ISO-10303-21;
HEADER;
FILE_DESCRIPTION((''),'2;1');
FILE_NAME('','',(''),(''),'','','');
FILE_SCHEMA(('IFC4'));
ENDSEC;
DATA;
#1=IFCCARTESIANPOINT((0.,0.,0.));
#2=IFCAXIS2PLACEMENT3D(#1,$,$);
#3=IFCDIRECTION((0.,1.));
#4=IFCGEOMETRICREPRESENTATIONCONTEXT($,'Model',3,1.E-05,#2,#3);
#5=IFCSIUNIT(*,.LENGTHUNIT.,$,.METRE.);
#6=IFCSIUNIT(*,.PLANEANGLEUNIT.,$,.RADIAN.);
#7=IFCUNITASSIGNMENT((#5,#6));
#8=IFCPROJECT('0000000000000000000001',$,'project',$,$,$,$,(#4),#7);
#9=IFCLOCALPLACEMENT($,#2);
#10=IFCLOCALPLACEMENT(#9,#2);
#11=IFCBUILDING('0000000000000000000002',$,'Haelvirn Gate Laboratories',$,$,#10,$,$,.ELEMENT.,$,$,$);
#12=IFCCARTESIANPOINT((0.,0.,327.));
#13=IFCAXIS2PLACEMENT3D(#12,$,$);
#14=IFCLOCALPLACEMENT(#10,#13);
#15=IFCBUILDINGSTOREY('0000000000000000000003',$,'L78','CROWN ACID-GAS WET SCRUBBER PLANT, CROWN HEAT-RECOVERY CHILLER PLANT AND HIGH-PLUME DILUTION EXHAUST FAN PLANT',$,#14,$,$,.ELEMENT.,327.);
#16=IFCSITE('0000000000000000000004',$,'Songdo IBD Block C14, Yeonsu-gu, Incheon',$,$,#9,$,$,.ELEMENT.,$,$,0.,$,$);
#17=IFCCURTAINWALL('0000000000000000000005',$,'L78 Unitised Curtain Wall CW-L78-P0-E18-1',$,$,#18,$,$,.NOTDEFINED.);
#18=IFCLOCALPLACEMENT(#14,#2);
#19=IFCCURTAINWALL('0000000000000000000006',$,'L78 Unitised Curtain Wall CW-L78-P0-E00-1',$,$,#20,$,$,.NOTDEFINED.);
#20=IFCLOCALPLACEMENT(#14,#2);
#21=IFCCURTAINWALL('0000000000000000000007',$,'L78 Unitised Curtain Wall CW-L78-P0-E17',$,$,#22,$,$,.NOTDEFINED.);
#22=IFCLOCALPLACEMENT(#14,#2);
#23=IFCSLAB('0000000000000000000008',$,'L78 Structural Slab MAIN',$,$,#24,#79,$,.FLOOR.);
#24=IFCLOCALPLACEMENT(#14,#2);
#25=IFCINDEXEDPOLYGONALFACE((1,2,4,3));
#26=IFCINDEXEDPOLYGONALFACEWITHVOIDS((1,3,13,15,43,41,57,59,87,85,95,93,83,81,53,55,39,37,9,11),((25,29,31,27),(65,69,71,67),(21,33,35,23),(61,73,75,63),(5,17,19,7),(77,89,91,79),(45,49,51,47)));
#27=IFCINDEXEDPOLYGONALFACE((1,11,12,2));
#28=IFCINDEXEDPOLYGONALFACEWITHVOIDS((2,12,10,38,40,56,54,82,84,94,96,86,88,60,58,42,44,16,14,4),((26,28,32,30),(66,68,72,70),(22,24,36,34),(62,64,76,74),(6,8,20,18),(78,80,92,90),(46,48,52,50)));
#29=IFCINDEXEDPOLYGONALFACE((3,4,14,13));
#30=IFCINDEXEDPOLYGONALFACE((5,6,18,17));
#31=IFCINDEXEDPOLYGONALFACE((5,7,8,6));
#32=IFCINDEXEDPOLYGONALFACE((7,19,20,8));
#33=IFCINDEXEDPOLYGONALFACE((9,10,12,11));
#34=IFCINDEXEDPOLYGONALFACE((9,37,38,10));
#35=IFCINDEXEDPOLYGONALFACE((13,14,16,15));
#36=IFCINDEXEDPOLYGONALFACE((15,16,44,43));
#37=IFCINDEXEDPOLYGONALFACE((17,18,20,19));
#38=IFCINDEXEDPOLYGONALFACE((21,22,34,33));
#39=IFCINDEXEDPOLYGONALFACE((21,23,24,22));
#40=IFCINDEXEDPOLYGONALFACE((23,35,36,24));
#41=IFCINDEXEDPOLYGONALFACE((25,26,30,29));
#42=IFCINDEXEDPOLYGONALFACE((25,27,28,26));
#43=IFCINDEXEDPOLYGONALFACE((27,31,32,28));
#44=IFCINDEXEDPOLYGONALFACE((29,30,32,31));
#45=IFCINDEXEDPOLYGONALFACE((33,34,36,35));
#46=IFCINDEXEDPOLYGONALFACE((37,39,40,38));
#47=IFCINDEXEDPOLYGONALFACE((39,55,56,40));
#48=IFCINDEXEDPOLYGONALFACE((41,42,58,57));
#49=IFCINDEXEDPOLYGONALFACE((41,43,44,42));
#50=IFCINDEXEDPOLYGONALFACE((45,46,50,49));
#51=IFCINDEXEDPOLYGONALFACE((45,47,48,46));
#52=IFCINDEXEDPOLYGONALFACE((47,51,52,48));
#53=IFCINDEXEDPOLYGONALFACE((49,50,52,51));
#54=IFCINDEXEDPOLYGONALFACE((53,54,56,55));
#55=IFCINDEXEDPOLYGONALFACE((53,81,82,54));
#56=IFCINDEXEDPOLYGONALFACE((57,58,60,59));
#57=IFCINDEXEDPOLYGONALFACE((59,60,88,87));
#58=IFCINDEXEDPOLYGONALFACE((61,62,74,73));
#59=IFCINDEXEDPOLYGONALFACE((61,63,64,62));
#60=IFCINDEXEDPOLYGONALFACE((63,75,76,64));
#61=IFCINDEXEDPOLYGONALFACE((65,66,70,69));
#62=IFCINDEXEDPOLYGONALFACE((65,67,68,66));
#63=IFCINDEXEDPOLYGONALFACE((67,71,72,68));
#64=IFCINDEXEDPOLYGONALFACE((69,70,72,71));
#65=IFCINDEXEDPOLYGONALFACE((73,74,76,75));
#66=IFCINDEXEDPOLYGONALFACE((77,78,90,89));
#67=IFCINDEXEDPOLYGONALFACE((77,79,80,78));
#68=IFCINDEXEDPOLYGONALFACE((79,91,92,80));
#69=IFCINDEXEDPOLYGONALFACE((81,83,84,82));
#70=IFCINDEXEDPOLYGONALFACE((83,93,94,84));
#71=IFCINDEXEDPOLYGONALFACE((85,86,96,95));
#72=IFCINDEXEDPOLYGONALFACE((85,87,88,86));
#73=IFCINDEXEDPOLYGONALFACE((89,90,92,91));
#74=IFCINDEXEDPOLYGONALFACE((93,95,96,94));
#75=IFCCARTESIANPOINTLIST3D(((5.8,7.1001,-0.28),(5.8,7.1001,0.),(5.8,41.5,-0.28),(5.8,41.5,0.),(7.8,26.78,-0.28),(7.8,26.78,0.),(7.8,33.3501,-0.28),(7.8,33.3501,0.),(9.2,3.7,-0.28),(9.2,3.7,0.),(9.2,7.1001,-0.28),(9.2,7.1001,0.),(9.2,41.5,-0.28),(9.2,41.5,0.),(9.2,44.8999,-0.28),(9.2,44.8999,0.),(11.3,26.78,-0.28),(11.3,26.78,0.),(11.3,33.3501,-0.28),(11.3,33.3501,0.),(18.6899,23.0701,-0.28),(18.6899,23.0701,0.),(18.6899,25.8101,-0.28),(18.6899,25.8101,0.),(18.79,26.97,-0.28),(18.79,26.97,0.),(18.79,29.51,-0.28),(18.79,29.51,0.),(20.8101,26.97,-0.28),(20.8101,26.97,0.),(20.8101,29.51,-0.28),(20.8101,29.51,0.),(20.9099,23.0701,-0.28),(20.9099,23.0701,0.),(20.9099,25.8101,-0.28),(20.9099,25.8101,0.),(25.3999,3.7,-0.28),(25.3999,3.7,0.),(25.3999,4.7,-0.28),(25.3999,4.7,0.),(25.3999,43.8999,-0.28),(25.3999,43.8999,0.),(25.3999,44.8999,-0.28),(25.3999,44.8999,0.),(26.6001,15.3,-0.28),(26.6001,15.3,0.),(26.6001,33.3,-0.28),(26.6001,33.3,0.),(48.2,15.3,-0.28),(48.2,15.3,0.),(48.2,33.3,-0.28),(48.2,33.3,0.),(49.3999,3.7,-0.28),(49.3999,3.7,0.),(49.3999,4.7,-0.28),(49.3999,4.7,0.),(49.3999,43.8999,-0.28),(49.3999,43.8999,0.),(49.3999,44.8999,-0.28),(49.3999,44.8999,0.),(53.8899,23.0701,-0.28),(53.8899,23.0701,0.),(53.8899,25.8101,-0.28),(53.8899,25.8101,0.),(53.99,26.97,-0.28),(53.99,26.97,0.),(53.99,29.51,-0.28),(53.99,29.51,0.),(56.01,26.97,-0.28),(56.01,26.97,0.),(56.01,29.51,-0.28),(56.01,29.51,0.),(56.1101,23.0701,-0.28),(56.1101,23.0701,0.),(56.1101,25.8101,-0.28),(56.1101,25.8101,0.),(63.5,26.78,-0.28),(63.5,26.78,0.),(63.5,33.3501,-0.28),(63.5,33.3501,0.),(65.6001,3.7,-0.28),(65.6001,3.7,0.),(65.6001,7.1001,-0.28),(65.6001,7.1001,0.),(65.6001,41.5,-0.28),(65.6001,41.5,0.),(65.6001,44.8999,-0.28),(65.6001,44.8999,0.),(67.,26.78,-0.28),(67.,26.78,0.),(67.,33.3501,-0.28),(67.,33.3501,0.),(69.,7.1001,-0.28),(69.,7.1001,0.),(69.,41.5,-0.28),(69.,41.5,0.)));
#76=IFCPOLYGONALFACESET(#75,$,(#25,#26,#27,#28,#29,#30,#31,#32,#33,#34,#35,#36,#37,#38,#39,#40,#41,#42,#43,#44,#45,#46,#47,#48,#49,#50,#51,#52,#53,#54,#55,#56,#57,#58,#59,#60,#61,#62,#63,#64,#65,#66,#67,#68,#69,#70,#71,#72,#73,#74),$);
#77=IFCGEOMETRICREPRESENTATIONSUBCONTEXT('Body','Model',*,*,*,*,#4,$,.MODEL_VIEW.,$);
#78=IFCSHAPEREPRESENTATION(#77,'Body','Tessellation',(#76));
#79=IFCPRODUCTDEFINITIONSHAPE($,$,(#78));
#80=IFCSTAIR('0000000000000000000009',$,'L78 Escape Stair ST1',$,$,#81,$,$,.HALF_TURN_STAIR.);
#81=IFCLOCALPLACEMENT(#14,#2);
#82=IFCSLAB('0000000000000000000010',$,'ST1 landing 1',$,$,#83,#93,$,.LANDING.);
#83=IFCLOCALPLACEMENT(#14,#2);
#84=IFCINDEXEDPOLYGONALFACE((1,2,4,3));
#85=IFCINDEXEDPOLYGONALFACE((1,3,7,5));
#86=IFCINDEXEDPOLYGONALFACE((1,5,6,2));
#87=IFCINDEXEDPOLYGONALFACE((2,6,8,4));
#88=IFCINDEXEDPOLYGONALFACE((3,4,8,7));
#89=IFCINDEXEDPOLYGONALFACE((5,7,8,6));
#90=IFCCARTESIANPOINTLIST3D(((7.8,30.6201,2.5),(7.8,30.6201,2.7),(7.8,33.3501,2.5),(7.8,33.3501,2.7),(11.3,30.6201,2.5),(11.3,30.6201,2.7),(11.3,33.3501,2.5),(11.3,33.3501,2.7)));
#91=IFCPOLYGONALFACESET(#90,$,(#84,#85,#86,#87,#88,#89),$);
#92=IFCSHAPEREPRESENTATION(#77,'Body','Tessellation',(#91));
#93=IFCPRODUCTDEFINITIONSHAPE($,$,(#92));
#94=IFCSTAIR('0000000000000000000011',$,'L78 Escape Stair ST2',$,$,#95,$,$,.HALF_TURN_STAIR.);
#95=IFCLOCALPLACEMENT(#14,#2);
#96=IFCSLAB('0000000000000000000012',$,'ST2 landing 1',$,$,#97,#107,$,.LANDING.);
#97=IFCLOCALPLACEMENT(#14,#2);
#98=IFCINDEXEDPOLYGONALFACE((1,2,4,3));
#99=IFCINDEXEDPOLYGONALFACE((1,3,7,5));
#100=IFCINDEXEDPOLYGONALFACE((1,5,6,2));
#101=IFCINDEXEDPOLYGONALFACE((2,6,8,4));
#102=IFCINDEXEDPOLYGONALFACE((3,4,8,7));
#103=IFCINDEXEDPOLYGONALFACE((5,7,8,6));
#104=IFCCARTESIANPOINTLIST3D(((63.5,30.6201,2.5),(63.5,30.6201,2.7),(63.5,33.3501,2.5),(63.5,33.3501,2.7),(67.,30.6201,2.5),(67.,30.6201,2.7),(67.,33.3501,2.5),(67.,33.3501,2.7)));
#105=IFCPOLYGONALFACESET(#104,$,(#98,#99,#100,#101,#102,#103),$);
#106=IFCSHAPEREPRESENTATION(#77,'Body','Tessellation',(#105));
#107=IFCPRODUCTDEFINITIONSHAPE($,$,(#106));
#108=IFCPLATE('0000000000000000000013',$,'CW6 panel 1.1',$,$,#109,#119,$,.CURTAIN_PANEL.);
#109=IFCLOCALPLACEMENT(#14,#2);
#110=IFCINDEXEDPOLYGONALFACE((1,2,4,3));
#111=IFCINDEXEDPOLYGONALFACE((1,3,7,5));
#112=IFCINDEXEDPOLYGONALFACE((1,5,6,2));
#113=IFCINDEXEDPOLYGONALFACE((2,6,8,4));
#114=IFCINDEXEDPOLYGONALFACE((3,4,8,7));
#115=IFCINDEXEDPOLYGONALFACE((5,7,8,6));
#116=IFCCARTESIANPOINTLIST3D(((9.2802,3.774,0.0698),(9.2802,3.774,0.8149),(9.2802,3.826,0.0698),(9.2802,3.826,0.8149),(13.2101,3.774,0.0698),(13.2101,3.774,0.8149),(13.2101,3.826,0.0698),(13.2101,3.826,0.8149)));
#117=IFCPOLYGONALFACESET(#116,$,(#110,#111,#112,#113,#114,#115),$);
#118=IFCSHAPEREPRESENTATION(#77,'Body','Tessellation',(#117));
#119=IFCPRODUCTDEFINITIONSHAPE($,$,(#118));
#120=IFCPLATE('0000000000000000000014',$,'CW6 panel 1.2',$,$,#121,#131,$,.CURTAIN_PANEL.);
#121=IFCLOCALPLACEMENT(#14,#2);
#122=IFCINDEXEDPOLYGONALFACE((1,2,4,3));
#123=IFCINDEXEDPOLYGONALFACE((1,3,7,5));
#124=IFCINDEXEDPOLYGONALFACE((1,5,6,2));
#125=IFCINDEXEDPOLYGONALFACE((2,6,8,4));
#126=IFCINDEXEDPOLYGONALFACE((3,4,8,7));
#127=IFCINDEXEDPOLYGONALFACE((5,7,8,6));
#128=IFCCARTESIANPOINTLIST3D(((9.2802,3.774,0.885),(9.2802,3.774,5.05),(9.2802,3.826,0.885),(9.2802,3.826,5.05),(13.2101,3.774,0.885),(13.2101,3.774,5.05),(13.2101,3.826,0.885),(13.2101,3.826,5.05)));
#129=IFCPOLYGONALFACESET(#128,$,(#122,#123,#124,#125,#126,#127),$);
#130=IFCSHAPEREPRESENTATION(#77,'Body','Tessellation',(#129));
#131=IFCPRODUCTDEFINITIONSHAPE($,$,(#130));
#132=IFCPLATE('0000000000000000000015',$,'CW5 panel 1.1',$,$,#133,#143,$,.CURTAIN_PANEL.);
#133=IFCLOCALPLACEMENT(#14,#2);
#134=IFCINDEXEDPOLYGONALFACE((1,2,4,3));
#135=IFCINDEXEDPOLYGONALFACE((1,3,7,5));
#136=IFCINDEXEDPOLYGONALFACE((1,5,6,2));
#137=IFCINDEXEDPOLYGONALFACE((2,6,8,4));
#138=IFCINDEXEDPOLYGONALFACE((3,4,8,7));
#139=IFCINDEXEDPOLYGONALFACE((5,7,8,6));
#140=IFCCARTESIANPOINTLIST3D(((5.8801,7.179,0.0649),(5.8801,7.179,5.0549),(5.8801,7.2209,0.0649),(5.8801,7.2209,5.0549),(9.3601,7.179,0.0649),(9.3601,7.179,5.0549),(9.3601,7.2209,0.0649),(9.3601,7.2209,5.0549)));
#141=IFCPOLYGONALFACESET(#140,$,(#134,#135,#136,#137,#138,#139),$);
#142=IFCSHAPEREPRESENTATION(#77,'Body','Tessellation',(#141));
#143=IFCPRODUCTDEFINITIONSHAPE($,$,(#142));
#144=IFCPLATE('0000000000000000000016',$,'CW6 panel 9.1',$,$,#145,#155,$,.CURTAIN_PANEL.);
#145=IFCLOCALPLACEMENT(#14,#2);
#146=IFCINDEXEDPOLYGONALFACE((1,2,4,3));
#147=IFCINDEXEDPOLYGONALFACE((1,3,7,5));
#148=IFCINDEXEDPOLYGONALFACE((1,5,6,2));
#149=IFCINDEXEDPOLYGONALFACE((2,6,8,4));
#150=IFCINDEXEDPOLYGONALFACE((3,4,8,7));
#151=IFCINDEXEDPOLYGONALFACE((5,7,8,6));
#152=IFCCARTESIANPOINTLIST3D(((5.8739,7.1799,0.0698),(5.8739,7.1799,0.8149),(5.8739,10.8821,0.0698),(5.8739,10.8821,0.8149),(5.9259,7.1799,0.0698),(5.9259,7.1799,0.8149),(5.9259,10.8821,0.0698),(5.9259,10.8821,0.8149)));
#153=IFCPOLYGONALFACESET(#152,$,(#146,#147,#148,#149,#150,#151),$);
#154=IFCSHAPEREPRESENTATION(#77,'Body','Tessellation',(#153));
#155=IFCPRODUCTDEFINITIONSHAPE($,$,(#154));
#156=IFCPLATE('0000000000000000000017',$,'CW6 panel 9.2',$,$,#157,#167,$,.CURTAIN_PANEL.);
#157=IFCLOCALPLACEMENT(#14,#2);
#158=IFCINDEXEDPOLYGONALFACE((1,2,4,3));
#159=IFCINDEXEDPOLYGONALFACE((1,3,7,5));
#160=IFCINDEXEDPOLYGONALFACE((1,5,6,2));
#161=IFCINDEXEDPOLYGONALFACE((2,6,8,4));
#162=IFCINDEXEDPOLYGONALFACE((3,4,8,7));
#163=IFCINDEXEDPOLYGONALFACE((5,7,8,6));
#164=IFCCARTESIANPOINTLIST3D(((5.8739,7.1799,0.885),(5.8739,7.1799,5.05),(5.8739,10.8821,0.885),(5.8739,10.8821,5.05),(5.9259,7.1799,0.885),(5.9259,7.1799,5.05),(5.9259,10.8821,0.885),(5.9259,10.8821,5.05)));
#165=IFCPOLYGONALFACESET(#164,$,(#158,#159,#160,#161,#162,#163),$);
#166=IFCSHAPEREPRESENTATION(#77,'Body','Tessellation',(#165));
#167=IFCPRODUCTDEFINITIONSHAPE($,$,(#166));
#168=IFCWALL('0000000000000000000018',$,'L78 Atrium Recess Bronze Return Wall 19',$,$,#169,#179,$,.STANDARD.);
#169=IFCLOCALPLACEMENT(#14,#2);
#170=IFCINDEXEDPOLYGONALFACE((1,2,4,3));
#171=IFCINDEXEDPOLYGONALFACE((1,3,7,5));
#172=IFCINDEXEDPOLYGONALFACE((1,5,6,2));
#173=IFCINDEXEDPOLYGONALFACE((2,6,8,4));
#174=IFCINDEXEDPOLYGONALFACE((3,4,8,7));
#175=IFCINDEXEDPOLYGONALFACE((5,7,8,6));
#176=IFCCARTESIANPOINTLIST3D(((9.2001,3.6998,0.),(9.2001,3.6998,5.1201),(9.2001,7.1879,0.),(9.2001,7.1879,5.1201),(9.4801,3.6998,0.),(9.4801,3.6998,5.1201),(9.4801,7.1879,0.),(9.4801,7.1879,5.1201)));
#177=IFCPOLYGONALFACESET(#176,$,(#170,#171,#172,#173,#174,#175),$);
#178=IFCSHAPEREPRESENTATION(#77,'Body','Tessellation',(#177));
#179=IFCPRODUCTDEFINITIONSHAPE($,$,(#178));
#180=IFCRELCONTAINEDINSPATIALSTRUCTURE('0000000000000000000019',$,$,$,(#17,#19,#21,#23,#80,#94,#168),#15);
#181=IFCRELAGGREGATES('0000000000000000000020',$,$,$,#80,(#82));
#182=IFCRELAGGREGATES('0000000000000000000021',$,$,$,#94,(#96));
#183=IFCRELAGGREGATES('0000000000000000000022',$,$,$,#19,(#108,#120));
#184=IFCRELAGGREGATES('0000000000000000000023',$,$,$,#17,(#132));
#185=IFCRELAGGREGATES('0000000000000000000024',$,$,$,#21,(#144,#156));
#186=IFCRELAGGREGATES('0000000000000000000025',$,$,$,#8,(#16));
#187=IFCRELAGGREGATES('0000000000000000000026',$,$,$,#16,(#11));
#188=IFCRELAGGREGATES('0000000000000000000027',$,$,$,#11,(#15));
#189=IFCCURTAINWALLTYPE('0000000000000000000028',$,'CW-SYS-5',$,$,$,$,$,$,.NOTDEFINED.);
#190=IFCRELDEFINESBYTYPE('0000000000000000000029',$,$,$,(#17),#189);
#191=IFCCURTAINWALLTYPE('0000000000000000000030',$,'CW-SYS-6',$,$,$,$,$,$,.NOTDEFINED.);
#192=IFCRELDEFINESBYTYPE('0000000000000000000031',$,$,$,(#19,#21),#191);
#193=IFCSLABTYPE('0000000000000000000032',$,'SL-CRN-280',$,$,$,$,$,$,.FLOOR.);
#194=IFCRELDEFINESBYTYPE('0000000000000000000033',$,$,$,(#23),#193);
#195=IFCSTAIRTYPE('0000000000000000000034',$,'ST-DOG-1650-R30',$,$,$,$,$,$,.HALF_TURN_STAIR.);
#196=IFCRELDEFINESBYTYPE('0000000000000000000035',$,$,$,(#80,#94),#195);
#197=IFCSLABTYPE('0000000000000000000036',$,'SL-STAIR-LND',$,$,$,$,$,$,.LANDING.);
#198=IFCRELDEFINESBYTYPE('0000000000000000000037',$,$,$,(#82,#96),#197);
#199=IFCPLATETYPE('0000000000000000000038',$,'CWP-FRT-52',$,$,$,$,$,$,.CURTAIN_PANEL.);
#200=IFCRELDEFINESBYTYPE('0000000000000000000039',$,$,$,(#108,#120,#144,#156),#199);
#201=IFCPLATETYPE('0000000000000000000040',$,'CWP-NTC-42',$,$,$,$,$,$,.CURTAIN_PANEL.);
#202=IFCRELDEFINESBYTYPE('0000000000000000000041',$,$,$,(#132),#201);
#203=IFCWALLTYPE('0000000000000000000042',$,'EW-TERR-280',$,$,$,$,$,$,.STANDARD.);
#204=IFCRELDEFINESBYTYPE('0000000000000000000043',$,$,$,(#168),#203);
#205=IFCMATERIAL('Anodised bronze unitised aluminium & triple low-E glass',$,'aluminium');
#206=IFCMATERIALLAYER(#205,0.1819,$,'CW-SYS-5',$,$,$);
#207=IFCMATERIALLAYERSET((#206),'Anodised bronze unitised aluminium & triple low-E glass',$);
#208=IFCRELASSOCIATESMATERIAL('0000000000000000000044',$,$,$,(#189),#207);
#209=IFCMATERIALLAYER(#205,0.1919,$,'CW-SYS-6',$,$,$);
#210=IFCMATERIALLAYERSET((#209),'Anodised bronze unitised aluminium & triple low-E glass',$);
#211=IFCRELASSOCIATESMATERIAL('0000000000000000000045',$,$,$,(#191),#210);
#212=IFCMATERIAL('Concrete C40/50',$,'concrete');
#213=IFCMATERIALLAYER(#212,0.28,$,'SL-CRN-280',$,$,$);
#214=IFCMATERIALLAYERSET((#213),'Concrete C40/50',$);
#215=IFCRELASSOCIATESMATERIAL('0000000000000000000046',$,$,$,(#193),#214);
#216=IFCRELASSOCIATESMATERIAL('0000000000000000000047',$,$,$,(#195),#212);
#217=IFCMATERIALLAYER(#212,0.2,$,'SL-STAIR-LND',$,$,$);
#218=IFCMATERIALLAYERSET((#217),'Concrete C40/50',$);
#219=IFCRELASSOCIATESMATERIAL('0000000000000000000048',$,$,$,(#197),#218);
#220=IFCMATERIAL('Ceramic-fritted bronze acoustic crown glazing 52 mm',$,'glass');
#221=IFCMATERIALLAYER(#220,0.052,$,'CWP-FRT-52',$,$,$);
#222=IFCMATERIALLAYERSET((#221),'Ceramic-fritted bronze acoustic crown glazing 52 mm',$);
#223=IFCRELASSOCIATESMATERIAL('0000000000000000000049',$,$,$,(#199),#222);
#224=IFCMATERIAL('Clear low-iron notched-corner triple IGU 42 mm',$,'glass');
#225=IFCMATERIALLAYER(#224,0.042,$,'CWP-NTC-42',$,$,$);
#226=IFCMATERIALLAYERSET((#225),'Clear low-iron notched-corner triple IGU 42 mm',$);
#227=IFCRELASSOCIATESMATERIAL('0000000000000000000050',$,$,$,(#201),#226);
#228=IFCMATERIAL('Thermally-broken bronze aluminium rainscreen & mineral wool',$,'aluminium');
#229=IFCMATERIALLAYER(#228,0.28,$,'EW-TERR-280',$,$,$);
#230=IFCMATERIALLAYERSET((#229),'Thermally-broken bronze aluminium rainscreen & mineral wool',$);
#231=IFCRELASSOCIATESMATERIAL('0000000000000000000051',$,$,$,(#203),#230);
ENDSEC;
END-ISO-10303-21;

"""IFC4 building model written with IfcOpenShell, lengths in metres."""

from ifc_helpers import new_model, si_unit, direction, frame, frame_2d, origin, origin_2d, place, context, subcontext, project, spatial, polyline, rectangle, outline, extrude, source, transform, mapped, material, layer, layer_set, type_object, type_shapes, element, aggregate, save


model = new_model("IFC4")

# Units and contexts
model_context = context("Model", 3, precision=1e-05, world=origin(), true_north=direction((0.0, 1.0)))
body_context = subcontext(model_context, "Body", "Model", "MODEL_VIEW")
ifc_project = project(units=[si_unit("LENGTHUNIT", "METRE"), si_unit("PLANEANGLEUNIT", "RADIAN")], contexts=[model_context])

# Site, building, storey
site_placement = place(None, origin())
site = spatial("IfcSite", under=ifc_project, at=site_placement, Name="Songdo IBD Block C14, Yeonsu-gu, Incheon", CompositionType="ELEMENT", RefElevation=0.0)
building_placement = place(site_placement, origin())
building = spatial("IfcBuilding", under=site, at=building_placement, Name="Haelvirn Gate Laboratories", CompositionType="ELEMENT")
storey_placement = place(building_placement, frame((0.0, 0.0, 327.0)))
storey = spatial("IfcBuildingStorey", under=building, at=storey_placement, Name="L78", Description="CROWN ACID-GAS WET SCRUBBER PLANT, CROWN HEAT-RECOVERY CHILLER PLANT AND HIGH-PLUME DILUTION EXHAUST FAN PLANT", CompositionType="ELEMENT", Elevation=327.0)

# Curtain walls
ifc_material_1 = material(Name="Anodised bronze unitised aluminium & triple low-E glass", Category="aluminium")
ifc_layer_1 = layer(ifc_material_1, 0.1819, Name="CW-SYS-5")
ifc_layer_set_1 = layer_set([ifc_layer_1], Name="Anodised bronze unitised aluminium & triple low-E glass")
curtain_wall_type_1 = type_object("IfcCurtainWallType", Name="CW-SYS-5", PredefinedType="NOTDEFINED", material=ifc_layer_set_1)
curtain_wall_1_placement = place(storey_placement, origin())
curtain_wall_1 = element("IfcCurtainWall", 1, at=curtain_wall_1_placement, inside=storey, type_object=curtain_wall_type_1, Name="L78 Unitised Curtain Wall CW-L78-P0-E18-1", PredefinedType="NOTDEFINED")
ifc_layer_2 = layer(ifc_material_1, 0.1919, Name="CW-SYS-6")
ifc_layer_set_2 = layer_set([ifc_layer_2], Name="Anodised bronze unitised aluminium & triple low-E glass")
curtain_wall_type_2 = type_object("IfcCurtainWallType", Name="CW-SYS-6", PredefinedType="NOTDEFINED", material=ifc_layer_set_2)
curtain_wall_2_placement = place(storey_placement, origin())
curtain_wall_2 = element("IfcCurtainWall", 2, at=curtain_wall_2_placement, inside=storey, type_object=curtain_wall_type_2, Name="L78 Unitised Curtain Wall CW-L78-P0-E00-1", PredefinedType="NOTDEFINED")

# Curtain wall
curtain_wall_3_placement = place(storey_placement, origin())
curtain_wall_3 = element("IfcCurtainWall", 3, at=curtain_wall_3_placement, inside=storey, type_object=curtain_wall_type_2, Name="L78 Unitised Curtain Wall CW-L78-P0-E17", PredefinedType="NOTDEFINED")

# Slab
ifc_material_2 = material(Name="Concrete C40/50", Category="concrete")
ifc_layer_3 = layer(ifc_material_2, 0.28, Name="SL-CRN-280")
ifc_layer_set_3 = layer_set([ifc_layer_3], Name="Concrete C40/50")
slab_type_1 = type_object("IfcSlabType", Name="SL-CRN-280", PredefinedType="FLOOR", material=ifc_layer_set_3)
slab_1_placement = place(storey_placement, frame((0.0, 0.0, -0.28)))
element("IfcSlab", 4, at=slab_1_placement, inside=storey, type_object=slab_type_1, Name="L78 Structural Slab MAIN", PredefinedType="FLOOR", context=body_context, shape_type="SweptSolid", body=[
    extrude(outline(polyline([(9.2, 3.7), (25.3999, 3.7), (25.3999, 4.7), (49.3999, 4.7), (49.3999, 3.7), (65.6001, 3.7), (65.6001, 7.1001), (69.0, 7.1001), (69.0, 41.5), (65.6001, 41.5), (65.6001, 44.8999), (49.3999, 44.8999), (49.3999, 43.8999), (25.3999, 43.8999), (25.3999, 44.8999), (9.2, 44.8999), (9.2, 41.5), (5.8, 41.5), (5.8, 7.1001), (9.2, 7.1001), (9.2, 3.7)]), holes=[polyline([(26.6001, 15.3), (48.2, 15.3), (48.2, 33.3), (26.6001, 33.3), (26.6001, 15.3)]), polyline([(11.3, 26.78), (11.3, 33.3501), (7.8, 33.3501), (7.8, 26.78), (11.3, 26.78)]), polyline([(67.0, 26.78), (67.0, 33.3501), (63.5, 33.3501), (63.5, 26.78), (67.0, 26.78)]), polyline([(18.79, 26.97), (20.8101, 26.97), (20.8101, 29.51), (18.79, 29.51), (18.79, 26.97)]), polyline([(18.6899, 23.0701), (20.9099, 23.0701), (20.9099, 25.8101), (18.6899, 25.8101), (18.6899, 23.0701)]), polyline([(53.99, 26.97), (56.01, 26.97), (56.01, 29.51), (53.99, 29.51), (53.99, 26.97)]), polyline([(53.8899, 23.0701), (56.1101, 23.0701), (56.1101, 25.8101), (53.8899, 25.8101), (53.8899, 23.0701)])]), origin(), (0.0, 0.0, 1.0), 0.28),
])

# Stairs, slabs
stair_type = type_object("IfcStairType", Name="ST-DOG-1650-R30", PredefinedType="HALF_TURN_STAIR", material=ifc_material_2)
stair_1_placement = place(storey_placement, origin())
stair_1 = element("IfcStair", 5, at=stair_1_placement, inside=storey, type_object=stair_type, Name="L78 Escape Stair ST1", PredefinedType="HALF_TURN_STAIR")
ifc_layer_4 = layer(ifc_material_2, 0.2, Name="SL-STAIR-LND")
ifc_layer_set_4 = layer_set([ifc_layer_4], Name="Concrete C40/50")
slab_type_2 = type_object("IfcSlabType", Name="SL-STAIR-LND", PredefinedType="LANDING", material=ifc_layer_set_4)
slab_2_placement = place(storey_placement, frame((0.0, 0.0, 2.5)))
slab_2 = element("IfcSlab", 6, at=slab_2_placement, type_object=slab_type_2, Name="ST1 landing 1", PredefinedType="LANDING", context=body_context, shape_type="SweptSolid", body=[
    extrude(outline(polyline([(11.3, 30.6201), (11.3, 33.3501), (7.8, 33.3501), (7.8, 30.6201), (11.3, 30.6201)])), origin(), (0.0, 0.0, 1.0), 0.2),
])
aggregate(stair_1, [slab_2])
stair_2_placement = place(storey_placement, origin())
stair_2 = element("IfcStair", 7, at=stair_2_placement, inside=storey, type_object=stair_type, Name="L78 Escape Stair ST2", PredefinedType="HALF_TURN_STAIR")
slab_3_placement = place(storey_placement, frame((0.0, 0.0, 2.5)))
slab_3 = element("IfcSlab", 8, at=slab_3_placement, type_object=slab_type_2, Name="ST2 landing 1", PredefinedType="LANDING", context=body_context, shape_type="SweptSolid", body=[
    extrude(outline(polyline([(67.0, 30.6201), (67.0, 33.3501), (63.5, 33.3501), (63.5, 30.6201), (67.0, 30.6201)])), origin(), (0.0, 0.0, 1.0), 0.2),
])
aggregate(stair_2, [slab_3])

# Plates
ifc_material_3 = material(Name="Ceramic-fritted bronze acoustic crown glazing 52 mm", Category="glass")
ifc_layer_5 = layer(ifc_material_3, 0.052, Name="CWP-FRT-52")
ifc_layer_set_5 = layer_set([ifc_layer_5], Name="Ceramic-fritted bronze acoustic crown glazing 52 mm")
plate_type_1 = type_object("IfcPlateType", Name="CWP-FRT-52", PredefinedType="CURTAIN_PANEL", material=ifc_layer_set_5)
shared_shape_1 = source(origin(), body_context, "Body", "SweptSolid", [
    extrude(rectangle(XDim=3.9299, YDim=0.052, at=origin_2d()), origin(), (0.0, 0.0, 1.0), 0.7451),
])
plate_1_placement = place(storey_placement, frame((11.2451, 3.8, 0.0698), z_axis=(0.0, 0.0, 1.0), x_axis=(1.0, 0.0, 0.0)))
plate_1 = element("IfcPlate", 9, at=plate_1_placement, type_object=plate_type_1, Name="CW6 panel 1.1", PredefinedType="CURTAIN_PANEL", context=body_context, shape_type="MappedRepresentation", body=[
    mapped(shared_shape_1, transform((0.0, 0.0, 0.0), scale=1.0)),
])
shared_shape_2 = source(origin(), body_context, "Body", "SweptSolid", [
    extrude(rectangle(XDim=3.9299, YDim=0.052, at=origin_2d()), origin(), (0.0, 0.0, 1.0), 4.165),
])
plate_2_placement = place(storey_placement, frame((11.2451, 3.8, 0.885), z_axis=(0.0, 0.0, 1.0), x_axis=(1.0, 0.0, 0.0)))
plate_2 = element("IfcPlate", 10, at=plate_2_placement, type_object=plate_type_1, Name="CW6 panel 1.2", PredefinedType="CURTAIN_PANEL", context=body_context, shape_type="MappedRepresentation", body=[
    mapped(shared_shape_2, transform((0.0, 0.0, 0.0), scale=1.0)),
])
aggregate(curtain_wall_2, [plate_1, plate_2])
ifc_material_4 = material(Name="Clear low-iron notched-corner triple IGU 42 mm", Category="glass")
ifc_layer_6 = layer(ifc_material_4, 0.042, Name="CWP-NTC-42")
ifc_layer_set_6 = layer_set([ifc_layer_6], Name="Clear low-iron notched-corner triple IGU 42 mm")
plate_type_2 = type_object("IfcPlateType", Name="CWP-NTC-42", PredefinedType="CURTAIN_PANEL", material=ifc_layer_set_6)
shared_shape_3 = source(origin(), body_context, "Body", "SweptSolid", [
    extrude(rectangle(XDim=3.48, YDim=0.042, at=origin_2d()), origin(), (0.0, 0.0, 1.0), 4.99),
])
type_shapes(plate_type_2, [shared_shape_3])
plate_3_placement = place(storey_placement, frame((7.6201, 7.2, 0.0649), z_axis=(0.0, 0.0, 1.0), x_axis=(1.0, 0.0, 0.0)))
plate_3 = element("IfcPlate", 11, at=plate_3_placement, type_object=plate_type_2, Name="CW5 panel 1.1", PredefinedType="CURTAIN_PANEL", context=body_context, shape_type="MappedRepresentation", body=[
    mapped(shared_shape_3, transform((0.0, 0.0, 0.0), scale=1.0)),
])
aggregate(curtain_wall_1, [plate_3])
shared_shape_4 = source(origin(), body_context, "Body", "SweptSolid", [
    extrude(rectangle(XDim=3.7021, YDim=0.052, at=origin_2d()), origin(), (0.0, 0.0, 1.0), 0.7451),
])
plate_4_placement = place(storey_placement, frame((5.8999, 9.031, 0.0698), z_axis=(0.0, 0.0, 1.0), x_axis=(0.0, -1.0, 0.0)))
plate_4 = element("IfcPlate", 12, at=plate_4_placement, type_object=plate_type_1, Name="CW6 panel 9.1", PredefinedType="CURTAIN_PANEL", context=body_context, shape_type="MappedRepresentation", body=[
    mapped(shared_shape_4, transform((0.0, 0.0, 0.0), scale=1.0)),
])
shared_shape_5 = source(origin(), body_context, "Body", "SweptSolid", [
    extrude(rectangle(XDim=3.7021, YDim=0.052, at=origin_2d()), origin(), (0.0, 0.0, 1.0), 4.165),
])
type_shapes(plate_type_1, [shared_shape_1, shared_shape_2, shared_shape_4, shared_shape_5])
plate_5_placement = place(storey_placement, frame((5.8999, 9.031, 0.885), z_axis=(0.0, 0.0, 1.0), x_axis=(0.0, -1.0, 0.0)))
plate_5 = element("IfcPlate", 13, at=plate_5_placement, type_object=plate_type_1, Name="CW6 panel 9.2", PredefinedType="CURTAIN_PANEL", context=body_context, shape_type="MappedRepresentation", body=[
    mapped(shared_shape_5, transform((0.0, 0.0, 0.0), scale=1.0)),
])
aggregate(curtain_wall_3, [plate_4, plate_5])

# Wall
ifc_material_5 = material(Name="Thermally-broken bronze aluminium rainscreen & mineral wool", Category="aluminium")
ifc_layer_7 = layer(ifc_material_5, 0.28, Name="EW-TERR-280")
ifc_layer_set_7 = layer_set([ifc_layer_7], Name="Thermally-broken bronze aluminium rainscreen & mineral wool")
wall_type = type_object("IfcWallType", Name="EW-TERR-280", PredefinedType="STANDARD", material=ifc_layer_set_7)
wall_placement = place(storey_placement, frame((9.3401, 7.188, 0.0), z_axis=(0.0, 0.0, 1.0), x_axis=(0.0, -1.0, 0.0)))
element("IfcWall", 14, at=wall_placement, inside=storey, type_object=wall_type, Name="L78 Atrium Recess Bronze Return Wall 19", PredefinedType="STANDARD", context=body_context, shape_type="SweptSolid", body=[
    extrude(rectangle(XDim=3.488, YDim=0.28, at=frame_2d((1.7441, 0.0))), origin(), (0.0, 0.0, 1.0), 5.1201),
])

save(model, "model.ifc")
